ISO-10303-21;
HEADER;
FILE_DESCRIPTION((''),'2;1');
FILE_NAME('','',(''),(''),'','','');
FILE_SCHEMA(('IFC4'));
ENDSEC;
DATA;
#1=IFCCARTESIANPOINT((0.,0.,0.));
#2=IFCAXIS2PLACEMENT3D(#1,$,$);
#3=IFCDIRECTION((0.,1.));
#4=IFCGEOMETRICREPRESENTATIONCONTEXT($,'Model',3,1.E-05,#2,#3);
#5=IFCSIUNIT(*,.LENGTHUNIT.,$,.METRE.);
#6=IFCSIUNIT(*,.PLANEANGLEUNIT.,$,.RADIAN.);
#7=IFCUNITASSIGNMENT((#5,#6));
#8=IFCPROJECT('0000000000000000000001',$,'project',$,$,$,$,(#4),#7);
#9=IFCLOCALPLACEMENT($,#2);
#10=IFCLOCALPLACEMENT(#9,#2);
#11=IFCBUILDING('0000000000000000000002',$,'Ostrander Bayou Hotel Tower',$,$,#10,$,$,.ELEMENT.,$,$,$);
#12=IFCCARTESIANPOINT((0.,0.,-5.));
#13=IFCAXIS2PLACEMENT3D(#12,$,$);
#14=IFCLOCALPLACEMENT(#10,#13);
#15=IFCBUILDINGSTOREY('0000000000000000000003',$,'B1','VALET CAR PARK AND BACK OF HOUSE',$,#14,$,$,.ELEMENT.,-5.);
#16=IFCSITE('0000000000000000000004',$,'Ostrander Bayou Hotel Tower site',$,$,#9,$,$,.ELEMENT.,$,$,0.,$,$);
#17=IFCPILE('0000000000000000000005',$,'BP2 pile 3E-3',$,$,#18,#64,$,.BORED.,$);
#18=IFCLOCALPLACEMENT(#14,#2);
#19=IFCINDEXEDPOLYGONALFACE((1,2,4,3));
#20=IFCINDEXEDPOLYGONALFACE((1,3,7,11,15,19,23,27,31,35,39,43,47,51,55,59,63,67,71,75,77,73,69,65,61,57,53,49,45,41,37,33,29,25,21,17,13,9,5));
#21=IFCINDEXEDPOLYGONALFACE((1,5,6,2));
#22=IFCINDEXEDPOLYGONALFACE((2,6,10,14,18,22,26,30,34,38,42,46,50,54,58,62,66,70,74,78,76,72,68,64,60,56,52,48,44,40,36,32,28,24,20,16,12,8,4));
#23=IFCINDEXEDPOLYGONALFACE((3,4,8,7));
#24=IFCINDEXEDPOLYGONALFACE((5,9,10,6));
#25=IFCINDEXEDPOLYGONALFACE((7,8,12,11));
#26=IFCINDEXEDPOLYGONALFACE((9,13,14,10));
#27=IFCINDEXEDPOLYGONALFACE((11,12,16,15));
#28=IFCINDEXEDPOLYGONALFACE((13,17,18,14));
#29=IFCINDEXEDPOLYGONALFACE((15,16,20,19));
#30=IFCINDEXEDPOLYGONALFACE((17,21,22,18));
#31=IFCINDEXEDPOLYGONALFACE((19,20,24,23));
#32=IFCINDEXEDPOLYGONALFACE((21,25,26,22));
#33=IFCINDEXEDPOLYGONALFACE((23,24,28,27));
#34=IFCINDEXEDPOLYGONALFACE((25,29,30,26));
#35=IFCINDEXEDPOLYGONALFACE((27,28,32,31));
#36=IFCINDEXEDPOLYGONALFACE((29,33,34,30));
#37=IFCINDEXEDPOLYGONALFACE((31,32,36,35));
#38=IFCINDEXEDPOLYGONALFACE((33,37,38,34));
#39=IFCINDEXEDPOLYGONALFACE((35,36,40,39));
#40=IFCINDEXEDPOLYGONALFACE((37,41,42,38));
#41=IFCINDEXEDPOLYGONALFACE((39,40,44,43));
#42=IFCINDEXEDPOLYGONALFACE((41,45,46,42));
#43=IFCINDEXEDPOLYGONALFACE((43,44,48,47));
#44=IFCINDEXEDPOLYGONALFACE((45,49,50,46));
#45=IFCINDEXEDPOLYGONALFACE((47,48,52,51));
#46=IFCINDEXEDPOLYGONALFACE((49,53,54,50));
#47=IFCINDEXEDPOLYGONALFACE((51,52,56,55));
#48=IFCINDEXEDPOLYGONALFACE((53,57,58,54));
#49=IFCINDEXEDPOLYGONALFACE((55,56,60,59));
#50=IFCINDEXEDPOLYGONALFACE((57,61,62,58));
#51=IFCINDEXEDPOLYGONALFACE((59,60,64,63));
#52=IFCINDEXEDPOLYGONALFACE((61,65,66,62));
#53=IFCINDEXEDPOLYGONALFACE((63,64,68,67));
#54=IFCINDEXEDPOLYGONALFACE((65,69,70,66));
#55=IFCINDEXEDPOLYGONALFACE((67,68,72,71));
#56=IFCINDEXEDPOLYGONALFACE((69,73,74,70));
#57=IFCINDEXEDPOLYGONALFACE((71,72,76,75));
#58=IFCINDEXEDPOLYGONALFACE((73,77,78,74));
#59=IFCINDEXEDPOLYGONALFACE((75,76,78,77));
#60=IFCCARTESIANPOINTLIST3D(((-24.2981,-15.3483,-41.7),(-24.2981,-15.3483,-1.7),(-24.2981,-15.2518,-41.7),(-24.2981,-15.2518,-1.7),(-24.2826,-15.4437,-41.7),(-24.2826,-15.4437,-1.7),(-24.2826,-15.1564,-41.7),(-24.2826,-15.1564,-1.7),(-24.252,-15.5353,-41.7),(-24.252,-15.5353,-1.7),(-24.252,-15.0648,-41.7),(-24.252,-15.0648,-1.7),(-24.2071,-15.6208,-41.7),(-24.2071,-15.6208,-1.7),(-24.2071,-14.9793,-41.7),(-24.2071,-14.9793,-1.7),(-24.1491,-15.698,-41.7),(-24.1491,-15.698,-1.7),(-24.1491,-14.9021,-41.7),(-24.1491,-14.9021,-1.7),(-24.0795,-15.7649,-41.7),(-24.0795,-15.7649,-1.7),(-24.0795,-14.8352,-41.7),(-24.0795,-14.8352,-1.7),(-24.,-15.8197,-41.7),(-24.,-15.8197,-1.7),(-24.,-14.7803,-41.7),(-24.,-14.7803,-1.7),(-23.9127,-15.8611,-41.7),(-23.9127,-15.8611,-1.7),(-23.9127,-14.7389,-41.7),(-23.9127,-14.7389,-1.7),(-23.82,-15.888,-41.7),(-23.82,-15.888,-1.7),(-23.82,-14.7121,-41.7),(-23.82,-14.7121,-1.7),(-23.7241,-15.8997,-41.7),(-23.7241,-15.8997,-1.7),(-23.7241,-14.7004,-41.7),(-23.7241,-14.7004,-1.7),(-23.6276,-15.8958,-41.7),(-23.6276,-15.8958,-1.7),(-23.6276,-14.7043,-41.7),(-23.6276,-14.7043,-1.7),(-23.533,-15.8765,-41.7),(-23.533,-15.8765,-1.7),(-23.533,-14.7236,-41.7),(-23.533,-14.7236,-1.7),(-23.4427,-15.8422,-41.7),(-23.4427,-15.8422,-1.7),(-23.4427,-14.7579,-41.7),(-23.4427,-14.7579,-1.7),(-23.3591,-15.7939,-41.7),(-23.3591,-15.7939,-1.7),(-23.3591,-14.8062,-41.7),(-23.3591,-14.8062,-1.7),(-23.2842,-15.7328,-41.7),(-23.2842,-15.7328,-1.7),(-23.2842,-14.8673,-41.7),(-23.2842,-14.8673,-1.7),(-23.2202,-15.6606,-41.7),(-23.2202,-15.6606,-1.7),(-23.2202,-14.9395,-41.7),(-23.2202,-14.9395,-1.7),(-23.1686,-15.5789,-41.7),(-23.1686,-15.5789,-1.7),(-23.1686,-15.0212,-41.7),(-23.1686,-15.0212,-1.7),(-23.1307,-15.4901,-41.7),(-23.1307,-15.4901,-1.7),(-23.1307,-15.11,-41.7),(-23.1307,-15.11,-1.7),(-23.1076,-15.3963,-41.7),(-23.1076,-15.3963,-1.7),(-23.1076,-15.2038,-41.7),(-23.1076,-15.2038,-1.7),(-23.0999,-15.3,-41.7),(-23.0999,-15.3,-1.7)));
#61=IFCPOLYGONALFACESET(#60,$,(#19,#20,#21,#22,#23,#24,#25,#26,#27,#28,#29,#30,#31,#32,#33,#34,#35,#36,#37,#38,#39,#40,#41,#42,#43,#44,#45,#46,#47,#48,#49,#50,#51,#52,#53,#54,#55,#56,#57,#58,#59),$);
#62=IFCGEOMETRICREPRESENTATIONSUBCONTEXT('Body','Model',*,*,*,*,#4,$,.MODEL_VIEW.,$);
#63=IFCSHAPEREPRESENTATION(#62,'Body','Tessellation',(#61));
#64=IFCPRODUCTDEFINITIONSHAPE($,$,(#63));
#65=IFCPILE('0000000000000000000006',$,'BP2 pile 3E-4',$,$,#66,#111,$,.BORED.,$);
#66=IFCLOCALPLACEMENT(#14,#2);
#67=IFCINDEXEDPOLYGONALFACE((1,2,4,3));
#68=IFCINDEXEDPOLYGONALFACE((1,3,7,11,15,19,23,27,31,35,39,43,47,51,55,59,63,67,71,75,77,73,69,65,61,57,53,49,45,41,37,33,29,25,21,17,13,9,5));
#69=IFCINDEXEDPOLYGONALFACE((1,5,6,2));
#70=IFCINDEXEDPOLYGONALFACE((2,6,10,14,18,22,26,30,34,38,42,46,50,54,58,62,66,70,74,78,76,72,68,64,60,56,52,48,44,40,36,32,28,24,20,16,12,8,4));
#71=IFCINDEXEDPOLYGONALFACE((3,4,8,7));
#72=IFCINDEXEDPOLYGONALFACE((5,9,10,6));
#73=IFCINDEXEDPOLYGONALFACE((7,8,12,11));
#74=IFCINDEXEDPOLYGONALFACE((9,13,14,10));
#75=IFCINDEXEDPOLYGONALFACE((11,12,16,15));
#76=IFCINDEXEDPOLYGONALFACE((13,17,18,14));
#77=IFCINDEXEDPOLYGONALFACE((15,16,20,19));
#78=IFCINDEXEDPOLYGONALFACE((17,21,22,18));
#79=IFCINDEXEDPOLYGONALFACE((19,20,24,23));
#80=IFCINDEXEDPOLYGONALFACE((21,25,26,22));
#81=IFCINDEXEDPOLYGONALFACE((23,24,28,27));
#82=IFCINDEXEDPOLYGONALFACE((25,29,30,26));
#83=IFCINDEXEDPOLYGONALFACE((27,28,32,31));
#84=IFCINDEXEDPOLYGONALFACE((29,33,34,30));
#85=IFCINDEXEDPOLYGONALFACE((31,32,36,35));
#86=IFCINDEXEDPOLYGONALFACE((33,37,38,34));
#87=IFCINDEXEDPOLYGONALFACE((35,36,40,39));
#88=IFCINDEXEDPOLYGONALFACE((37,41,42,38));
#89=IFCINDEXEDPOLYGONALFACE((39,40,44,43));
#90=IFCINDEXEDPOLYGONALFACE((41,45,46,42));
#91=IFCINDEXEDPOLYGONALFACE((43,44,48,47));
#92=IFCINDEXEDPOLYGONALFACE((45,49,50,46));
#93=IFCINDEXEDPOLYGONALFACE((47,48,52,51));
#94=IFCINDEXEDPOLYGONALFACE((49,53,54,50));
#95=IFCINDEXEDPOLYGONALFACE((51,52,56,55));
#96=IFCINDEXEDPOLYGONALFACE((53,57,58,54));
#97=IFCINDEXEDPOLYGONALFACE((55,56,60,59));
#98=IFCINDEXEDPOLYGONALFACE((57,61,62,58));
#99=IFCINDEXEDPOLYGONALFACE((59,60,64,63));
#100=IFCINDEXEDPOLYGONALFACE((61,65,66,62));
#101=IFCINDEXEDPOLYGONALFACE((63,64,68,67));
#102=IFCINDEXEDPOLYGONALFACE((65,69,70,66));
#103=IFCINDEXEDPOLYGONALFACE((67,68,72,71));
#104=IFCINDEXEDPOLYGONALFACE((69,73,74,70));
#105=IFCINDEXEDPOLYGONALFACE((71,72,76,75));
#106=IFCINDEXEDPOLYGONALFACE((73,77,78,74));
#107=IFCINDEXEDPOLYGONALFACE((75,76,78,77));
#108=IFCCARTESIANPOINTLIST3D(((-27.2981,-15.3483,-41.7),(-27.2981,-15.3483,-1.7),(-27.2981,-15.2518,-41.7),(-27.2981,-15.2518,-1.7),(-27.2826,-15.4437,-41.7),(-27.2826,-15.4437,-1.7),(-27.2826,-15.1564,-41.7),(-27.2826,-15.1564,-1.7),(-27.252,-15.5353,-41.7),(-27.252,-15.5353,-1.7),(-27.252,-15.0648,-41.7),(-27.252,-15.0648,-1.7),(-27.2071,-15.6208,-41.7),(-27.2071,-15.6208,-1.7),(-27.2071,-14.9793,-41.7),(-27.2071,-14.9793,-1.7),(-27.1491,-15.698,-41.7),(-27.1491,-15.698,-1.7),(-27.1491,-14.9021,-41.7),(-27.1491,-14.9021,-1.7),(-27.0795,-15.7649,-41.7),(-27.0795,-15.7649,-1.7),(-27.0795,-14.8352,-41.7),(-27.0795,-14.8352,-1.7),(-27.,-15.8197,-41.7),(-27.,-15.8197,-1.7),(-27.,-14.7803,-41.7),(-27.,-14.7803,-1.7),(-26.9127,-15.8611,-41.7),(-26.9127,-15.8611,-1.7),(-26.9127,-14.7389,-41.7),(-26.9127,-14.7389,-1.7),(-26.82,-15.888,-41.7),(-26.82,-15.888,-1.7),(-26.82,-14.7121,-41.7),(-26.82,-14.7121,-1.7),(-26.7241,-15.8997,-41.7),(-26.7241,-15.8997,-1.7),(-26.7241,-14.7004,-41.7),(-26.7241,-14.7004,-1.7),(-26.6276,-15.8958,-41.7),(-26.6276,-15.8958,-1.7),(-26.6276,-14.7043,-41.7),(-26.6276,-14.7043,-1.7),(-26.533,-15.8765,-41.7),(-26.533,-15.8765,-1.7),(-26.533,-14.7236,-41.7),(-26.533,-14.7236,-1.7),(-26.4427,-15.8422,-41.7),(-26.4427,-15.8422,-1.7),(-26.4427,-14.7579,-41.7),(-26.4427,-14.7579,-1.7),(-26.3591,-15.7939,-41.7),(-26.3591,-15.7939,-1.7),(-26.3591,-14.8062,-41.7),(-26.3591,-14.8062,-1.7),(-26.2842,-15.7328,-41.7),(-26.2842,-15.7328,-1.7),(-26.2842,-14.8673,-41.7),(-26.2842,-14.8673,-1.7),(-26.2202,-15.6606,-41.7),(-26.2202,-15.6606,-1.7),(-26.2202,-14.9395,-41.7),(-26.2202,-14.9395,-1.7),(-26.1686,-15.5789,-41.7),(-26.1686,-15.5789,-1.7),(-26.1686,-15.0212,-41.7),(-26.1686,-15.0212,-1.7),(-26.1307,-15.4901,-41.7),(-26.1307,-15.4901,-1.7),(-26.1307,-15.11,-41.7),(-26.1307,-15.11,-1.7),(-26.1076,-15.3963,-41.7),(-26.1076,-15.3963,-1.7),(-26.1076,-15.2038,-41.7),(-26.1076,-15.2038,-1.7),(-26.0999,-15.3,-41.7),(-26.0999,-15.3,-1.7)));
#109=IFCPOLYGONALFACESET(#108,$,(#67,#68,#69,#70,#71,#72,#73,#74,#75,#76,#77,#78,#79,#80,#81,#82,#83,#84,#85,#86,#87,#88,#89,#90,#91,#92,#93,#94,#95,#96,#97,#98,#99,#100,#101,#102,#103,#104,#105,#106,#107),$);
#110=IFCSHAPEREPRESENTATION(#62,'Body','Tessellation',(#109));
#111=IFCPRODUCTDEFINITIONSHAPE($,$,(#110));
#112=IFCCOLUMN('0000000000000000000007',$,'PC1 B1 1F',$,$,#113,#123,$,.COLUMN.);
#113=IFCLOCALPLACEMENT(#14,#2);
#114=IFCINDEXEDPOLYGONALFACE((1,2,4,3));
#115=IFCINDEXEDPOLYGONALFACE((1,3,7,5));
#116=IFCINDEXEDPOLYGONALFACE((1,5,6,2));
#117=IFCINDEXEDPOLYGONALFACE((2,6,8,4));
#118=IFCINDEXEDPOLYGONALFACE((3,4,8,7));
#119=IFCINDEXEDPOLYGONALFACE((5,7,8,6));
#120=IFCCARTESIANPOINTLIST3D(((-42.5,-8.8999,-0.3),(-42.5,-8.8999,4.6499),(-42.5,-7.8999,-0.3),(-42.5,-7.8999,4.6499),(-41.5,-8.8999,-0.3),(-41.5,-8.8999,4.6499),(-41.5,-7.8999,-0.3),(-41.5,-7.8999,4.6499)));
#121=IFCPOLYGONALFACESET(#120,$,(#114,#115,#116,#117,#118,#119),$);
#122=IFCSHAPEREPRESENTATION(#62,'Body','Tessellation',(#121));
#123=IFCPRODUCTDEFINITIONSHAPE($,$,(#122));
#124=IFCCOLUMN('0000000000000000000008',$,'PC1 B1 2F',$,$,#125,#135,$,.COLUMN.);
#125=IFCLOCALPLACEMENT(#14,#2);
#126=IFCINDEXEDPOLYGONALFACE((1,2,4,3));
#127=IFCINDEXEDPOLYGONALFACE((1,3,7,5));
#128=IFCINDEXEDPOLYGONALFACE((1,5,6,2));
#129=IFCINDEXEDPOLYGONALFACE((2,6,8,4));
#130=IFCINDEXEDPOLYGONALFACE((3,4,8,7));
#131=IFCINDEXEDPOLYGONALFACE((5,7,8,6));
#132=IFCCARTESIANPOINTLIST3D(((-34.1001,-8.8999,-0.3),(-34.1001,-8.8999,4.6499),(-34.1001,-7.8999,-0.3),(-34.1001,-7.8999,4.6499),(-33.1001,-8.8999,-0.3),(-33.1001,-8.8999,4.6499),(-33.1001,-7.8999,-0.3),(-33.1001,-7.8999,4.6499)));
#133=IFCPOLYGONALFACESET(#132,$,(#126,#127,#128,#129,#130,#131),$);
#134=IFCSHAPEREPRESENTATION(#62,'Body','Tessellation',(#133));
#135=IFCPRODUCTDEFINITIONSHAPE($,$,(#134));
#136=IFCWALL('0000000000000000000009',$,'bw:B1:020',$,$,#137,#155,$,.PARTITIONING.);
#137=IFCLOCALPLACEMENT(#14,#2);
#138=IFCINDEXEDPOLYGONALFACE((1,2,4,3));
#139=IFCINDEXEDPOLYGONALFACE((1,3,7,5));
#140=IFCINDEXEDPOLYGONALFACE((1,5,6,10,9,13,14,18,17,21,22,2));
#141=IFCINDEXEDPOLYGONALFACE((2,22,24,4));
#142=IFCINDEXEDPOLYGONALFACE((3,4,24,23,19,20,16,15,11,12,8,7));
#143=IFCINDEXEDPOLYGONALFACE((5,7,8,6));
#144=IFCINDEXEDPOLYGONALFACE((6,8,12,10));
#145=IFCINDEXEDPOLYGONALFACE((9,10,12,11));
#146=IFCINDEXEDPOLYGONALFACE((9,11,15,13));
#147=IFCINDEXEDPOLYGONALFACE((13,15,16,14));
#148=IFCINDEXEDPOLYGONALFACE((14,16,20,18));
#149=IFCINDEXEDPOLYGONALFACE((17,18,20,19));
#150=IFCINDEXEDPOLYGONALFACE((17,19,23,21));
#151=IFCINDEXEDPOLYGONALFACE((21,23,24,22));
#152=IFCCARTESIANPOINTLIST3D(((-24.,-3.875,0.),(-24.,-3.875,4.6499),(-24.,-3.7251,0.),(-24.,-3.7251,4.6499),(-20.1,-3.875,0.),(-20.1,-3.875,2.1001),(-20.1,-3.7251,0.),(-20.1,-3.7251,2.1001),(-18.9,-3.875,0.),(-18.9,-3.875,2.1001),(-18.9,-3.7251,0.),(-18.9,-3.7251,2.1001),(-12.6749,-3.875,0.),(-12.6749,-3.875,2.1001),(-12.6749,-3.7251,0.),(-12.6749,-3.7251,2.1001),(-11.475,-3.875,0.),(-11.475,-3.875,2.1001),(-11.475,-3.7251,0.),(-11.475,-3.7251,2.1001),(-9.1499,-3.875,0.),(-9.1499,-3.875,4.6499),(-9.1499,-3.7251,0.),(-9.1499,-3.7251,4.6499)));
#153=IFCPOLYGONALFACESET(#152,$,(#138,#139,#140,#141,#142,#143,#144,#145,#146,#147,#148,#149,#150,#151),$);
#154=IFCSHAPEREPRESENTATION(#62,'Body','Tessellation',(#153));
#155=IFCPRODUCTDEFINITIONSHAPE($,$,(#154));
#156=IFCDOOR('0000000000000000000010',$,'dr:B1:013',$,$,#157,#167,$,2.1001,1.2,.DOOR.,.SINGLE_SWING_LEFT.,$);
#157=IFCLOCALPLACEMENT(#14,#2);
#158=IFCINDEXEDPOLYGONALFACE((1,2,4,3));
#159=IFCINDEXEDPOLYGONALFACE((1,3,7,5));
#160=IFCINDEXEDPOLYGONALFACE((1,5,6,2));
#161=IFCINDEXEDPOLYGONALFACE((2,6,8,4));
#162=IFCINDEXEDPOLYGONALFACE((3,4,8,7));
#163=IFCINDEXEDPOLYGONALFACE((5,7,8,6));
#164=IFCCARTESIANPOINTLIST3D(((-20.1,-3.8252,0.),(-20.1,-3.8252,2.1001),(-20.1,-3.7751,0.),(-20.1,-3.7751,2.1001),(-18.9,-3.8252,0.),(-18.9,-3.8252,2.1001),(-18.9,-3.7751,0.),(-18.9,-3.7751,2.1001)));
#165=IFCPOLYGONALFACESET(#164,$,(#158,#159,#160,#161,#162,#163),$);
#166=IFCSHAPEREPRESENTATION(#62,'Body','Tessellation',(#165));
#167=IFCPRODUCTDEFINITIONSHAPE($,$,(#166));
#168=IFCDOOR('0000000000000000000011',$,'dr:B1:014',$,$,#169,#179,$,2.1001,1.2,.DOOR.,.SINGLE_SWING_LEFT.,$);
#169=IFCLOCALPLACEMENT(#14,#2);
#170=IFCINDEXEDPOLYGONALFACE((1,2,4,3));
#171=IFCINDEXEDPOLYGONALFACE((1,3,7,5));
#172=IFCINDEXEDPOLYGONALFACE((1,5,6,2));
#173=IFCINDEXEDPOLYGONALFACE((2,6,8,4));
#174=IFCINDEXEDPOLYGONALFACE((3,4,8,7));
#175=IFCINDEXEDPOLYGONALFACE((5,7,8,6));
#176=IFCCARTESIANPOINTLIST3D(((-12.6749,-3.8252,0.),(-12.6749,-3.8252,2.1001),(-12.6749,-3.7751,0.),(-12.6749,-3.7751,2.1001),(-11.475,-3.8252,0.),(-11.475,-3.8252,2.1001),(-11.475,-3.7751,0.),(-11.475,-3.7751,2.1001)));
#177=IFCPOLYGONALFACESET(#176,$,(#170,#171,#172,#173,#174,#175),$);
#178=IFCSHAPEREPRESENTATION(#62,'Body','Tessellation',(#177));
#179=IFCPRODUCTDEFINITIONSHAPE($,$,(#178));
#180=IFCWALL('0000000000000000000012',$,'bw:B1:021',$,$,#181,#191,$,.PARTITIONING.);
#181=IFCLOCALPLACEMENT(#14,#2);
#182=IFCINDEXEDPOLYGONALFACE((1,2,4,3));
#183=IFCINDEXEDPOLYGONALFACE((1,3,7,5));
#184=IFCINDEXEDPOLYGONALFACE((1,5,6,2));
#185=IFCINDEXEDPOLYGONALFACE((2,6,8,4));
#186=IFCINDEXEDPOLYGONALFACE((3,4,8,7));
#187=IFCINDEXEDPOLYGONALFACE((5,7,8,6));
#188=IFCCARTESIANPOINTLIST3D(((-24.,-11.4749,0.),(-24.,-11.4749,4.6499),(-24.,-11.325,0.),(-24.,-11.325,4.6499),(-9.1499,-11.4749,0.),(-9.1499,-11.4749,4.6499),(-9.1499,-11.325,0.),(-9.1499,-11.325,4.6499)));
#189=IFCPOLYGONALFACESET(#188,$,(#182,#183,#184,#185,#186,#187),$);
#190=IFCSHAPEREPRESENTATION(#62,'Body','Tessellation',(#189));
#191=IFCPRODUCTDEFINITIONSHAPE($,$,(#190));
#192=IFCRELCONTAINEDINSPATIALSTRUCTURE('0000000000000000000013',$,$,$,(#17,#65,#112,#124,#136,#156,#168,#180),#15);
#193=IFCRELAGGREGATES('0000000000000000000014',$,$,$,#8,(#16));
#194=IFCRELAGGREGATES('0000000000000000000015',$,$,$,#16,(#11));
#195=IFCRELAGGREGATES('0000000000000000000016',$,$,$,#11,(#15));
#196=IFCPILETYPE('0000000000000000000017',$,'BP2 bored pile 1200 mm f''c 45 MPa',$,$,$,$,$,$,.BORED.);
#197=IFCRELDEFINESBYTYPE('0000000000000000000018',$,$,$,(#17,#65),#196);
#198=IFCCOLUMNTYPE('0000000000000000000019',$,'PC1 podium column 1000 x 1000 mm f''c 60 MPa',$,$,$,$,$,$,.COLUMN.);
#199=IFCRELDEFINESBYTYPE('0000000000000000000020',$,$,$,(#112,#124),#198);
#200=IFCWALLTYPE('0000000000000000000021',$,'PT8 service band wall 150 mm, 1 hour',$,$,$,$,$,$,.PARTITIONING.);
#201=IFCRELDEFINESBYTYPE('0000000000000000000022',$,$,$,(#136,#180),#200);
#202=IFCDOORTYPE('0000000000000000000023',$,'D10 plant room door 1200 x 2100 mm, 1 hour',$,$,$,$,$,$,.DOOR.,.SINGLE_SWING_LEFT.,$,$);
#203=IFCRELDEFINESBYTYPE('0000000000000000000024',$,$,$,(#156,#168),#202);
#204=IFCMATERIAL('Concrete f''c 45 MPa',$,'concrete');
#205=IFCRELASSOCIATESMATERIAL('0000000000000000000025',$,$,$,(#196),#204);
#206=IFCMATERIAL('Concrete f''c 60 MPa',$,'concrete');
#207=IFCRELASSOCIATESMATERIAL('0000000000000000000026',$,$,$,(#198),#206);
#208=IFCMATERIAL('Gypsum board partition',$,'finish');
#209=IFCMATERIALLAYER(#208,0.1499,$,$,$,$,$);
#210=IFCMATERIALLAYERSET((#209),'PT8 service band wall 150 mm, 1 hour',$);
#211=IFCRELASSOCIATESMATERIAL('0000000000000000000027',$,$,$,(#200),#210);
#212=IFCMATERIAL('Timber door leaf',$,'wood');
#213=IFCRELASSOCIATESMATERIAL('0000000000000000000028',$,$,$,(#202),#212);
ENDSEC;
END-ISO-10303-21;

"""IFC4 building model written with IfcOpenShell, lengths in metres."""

from ifc_helpers import new_model, si_unit, direction, frame, frame_2d, origin, origin_2d, place, context, subcontext, project, spatial, rectangle, circle, extrude, material, layer, layer_set, material_profile, profile_set, type_object, element, fill, save


model = new_model("IFC4")

# Units and contexts
model_context = context("Model", 3, precision=1e-05, world=origin(), true_north=direction((0.0, 1.0)))
body_context = subcontext(model_context, "Body", "Model", "MODEL_VIEW")
ifc_project = project(units=[si_unit("LENGTHUNIT", "METRE"), si_unit("PLANEANGLEUNIT", "RADIAN")], contexts=[model_context])

# Site, building, storey
site_placement = place(None, origin())
site = spatial("IfcSite", under=ifc_project, at=site_placement, Name="Ostrander Bayou Hotel Tower site", CompositionType="ELEMENT", RefElevation=0.0)
building_placement = place(site_placement, origin())
building = spatial("IfcBuilding", under=site, at=building_placement, Name="Ostrander Bayou Hotel Tower", CompositionType="ELEMENT")
storey_placement = place(building_placement, frame((0.0, 0.0, -5.0)))
storey = spatial("IfcBuildingStorey", under=building, at=storey_placement, Name="B1", Description="VALET CAR PARK AND BACK OF HOUSE", CompositionType="ELEMENT", Elevation=-5.0)

# Piles
ifc_material_1 = material(Name="Concrete f'c 45 MPa", Category="concrete")
ifc_material_profile_1 = material_profile(ifc_material_1, circle(Radius=0.6001, at=origin_2d()))
ifc_profile_set_1 = profile_set([ifc_material_profile_1], Name="Concrete f'c 45 MPa")
pile_type = type_object("IfcPileType", Name="BP2 bored pile 1200 mm f'c 45 MPa", PredefinedType="BORED", material=ifc_profile_set_1)
for number, where, z_axis, x_axis, name in (
    (1, (-23.7, -15.3, -1.7), (0.0, 0.0, -1.0), (1.0, 0.0, 0.0), "BP2 pile 3E-3"),
    (2, (-26.7, -15.3, -1.7), (0.0, 0.0, -1.0), (1.0, 0.0, 0.0), "BP2 pile 3E-4"),
):
    element("IfcPile", number, at=place(storey_placement, frame(where, z_axis=z_axis, x_axis=x_axis)), inside=storey, type_object=pile_type, Name=name, PredefinedType="BORED", context=body_context, shape_type="SweptSolid", body=[
        extrude(circle(Radius=0.6001, at=origin_2d()), origin(), (0.0, 0.0, 1.0), 40.0),
    ])

# Columns
ifc_material_2 = material(Name="Concrete f'c 60 MPa", Category="concrete")
ifc_material_profile_2 = material_profile(ifc_material_2, rectangle(XDim=1.0, YDim=1.0, at=origin_2d()))
ifc_profile_set_2 = profile_set([ifc_material_profile_2], Name="Concrete f'c 60 MPa")
column_type = type_object("IfcColumnType", Name="PC1 podium column 1000 x 1000 mm f'c 60 MPa", PredefinedType="COLUMN", material=ifc_profile_set_2)
for number, where, z_axis, x_axis, name in (
    (3, (-42.0, -8.3999, -0.3), (0.0, 0.0, 1.0), (1.0, 0.0, 0.0), "PC1 B1 1F"),
    (4, (-33.6001, -8.3999, -0.3), (0.0, 0.0, 1.0), (1.0, 0.0, 0.0), "PC1 B1 2F"),
):
    element("IfcColumn", number, at=place(storey_placement, frame(where, z_axis=z_axis, x_axis=x_axis)), inside=storey, type_object=column_type, Name=name, PredefinedType="COLUMN", context=body_context, shape_type="SweptSolid", body=[
        extrude(rectangle(XDim=1.0, YDim=1.0, at=origin_2d()), origin(), (0.0, 0.0, 1.0), 4.95),
    ])

# Wall, openings, doors
ifc_material_3 = material(Name="Gypsum board partition", Category="finish")
ifc_layer = layer(ifc_material_3, 0.1499)
ifc_layer_set = layer_set([ifc_layer], Name="PT8 service band wall 150 mm, 1 hour")
wall_type = type_object("IfcWallType", Name="PT8 service band wall 150 mm, 1 hour", PredefinedType="PARTITIONING", material=ifc_layer_set)
wall_1_placement = place(storey_placement, frame((-24.0, -3.8, 0.0), z_axis=(0.0, 0.0, 1.0), x_axis=(1.0, 0.0, 0.0)))
wall_1 = element("IfcWall", 5, at=wall_1_placement, inside=storey, type_object=wall_type, Name="bw:B1:020", PredefinedType="PARTITIONING", context=body_context, shape_type="SweptSolid", body=[
    extrude(rectangle(XDim=14.8501, YDim=0.1499, at=frame_2d((7.425, 0.0))), origin(), (0.0, 0.0, 1.0), 4.6499),
])
opening_1_placement = place(wall_1_placement, frame((3.8999, 0.0, 0.0)))
opening_1 = element("IfcOpeningElement", 6, at=opening_1_placement, cuts=wall_1, PredefinedType="OPENING", context=body_context, shape_type="SweptSolid", body=[
    extrude(rectangle(XDim=1.2, YDim=2.1001, at=frame_2d((0.6001, 1.05))), frame((0.0, 0.075, 0.0), z_axis=(0.0, -1.0, 0.0), x_axis=(1.0, 0.0, 0.0)), (0.0, 0.0, 1.0), 0.1499),
])
opening_2_placement = place(wall_1_placement, frame((11.325, 0.0, 0.0)))
opening_2 = element("IfcOpeningElement", 7, at=opening_2_placement, cuts=wall_1, PredefinedType="OPENING", context=body_context, shape_type="SweptSolid", body=[
    extrude(rectangle(XDim=1.2, YDim=2.1001, at=frame_2d((0.6001, 1.05))), frame((0.0, 0.075, 0.0), z_axis=(0.0, -1.0, 0.0), x_axis=(1.0, 0.0, 0.0)), (0.0, 0.0, 1.0), 0.1499),
])
ifc_material_4 = material(Name="Timber door leaf", Category="wood")
door_type = type_object("IfcDoorType", Name="D10 plant room door 1200 x 2100 mm, 1 hour", OperationType="SINGLE_SWING_LEFT", PredefinedType="DOOR", material=ifc_material_4)
door_1_placement = place(opening_1_placement, origin())
door_1 = element("IfcDoor", 8, at=door_1_placement, inside=storey, type_object=door_type, Name="dr:B1:013", OperationType="SINGLE_SWING_LEFT", OverallHeight=2.1001, OverallWidth=1.2, PredefinedType="DOOR", context=body_context, shape_type="SweptSolid", body=[
    extrude(rectangle(XDim=1.2, YDim=2.1001, at=frame_2d((0.6001, 1.05))), frame((0.0, 0.0249, 0.0), z_axis=(0.0, -1.0, 0.0), x_axis=(1.0, 0.0, 0.0)), (0.0, 0.0, 1.0), 0.05),
])
fill(opening_1, door_1)
door_2_placement = place(opening_2_placement, origin())
door_2 = element("IfcDoor", 9, at=door_2_placement, inside=storey, type_object=door_type, Name="dr:B1:014", OperationType="SINGLE_SWING_LEFT", OverallHeight=2.1001, OverallWidth=1.2, PredefinedType="DOOR", context=body_context, shape_type="SweptSolid", body=[
    extrude(rectangle(XDim=1.2, YDim=2.1001, at=frame_2d((0.6001, 1.05))), frame((0.0, 0.0249, 0.0), z_axis=(0.0, -1.0, 0.0), x_axis=(1.0, 0.0, 0.0)), (0.0, 0.0, 1.0), 0.05),
])
fill(opening_2, door_2)

# Wall
wall_2_placement = place(storey_placement, frame((-24.0, -11.3999, 0.0), z_axis=(0.0, 0.0, 1.0), x_axis=(1.0, 0.0, 0.0)))
element("IfcWall", 10, at=wall_2_placement, inside=storey, type_object=wall_type, Name="bw:B1:021", PredefinedType="PARTITIONING", context=body_context, shape_type="SweptSolid", body=[
    extrude(rectangle(XDim=14.8501, YDim=0.1499, at=frame_2d((7.425, 0.0))), origin(), (0.0, 0.0, 1.0), 4.6499),
])

save(model, "model.ifc")
